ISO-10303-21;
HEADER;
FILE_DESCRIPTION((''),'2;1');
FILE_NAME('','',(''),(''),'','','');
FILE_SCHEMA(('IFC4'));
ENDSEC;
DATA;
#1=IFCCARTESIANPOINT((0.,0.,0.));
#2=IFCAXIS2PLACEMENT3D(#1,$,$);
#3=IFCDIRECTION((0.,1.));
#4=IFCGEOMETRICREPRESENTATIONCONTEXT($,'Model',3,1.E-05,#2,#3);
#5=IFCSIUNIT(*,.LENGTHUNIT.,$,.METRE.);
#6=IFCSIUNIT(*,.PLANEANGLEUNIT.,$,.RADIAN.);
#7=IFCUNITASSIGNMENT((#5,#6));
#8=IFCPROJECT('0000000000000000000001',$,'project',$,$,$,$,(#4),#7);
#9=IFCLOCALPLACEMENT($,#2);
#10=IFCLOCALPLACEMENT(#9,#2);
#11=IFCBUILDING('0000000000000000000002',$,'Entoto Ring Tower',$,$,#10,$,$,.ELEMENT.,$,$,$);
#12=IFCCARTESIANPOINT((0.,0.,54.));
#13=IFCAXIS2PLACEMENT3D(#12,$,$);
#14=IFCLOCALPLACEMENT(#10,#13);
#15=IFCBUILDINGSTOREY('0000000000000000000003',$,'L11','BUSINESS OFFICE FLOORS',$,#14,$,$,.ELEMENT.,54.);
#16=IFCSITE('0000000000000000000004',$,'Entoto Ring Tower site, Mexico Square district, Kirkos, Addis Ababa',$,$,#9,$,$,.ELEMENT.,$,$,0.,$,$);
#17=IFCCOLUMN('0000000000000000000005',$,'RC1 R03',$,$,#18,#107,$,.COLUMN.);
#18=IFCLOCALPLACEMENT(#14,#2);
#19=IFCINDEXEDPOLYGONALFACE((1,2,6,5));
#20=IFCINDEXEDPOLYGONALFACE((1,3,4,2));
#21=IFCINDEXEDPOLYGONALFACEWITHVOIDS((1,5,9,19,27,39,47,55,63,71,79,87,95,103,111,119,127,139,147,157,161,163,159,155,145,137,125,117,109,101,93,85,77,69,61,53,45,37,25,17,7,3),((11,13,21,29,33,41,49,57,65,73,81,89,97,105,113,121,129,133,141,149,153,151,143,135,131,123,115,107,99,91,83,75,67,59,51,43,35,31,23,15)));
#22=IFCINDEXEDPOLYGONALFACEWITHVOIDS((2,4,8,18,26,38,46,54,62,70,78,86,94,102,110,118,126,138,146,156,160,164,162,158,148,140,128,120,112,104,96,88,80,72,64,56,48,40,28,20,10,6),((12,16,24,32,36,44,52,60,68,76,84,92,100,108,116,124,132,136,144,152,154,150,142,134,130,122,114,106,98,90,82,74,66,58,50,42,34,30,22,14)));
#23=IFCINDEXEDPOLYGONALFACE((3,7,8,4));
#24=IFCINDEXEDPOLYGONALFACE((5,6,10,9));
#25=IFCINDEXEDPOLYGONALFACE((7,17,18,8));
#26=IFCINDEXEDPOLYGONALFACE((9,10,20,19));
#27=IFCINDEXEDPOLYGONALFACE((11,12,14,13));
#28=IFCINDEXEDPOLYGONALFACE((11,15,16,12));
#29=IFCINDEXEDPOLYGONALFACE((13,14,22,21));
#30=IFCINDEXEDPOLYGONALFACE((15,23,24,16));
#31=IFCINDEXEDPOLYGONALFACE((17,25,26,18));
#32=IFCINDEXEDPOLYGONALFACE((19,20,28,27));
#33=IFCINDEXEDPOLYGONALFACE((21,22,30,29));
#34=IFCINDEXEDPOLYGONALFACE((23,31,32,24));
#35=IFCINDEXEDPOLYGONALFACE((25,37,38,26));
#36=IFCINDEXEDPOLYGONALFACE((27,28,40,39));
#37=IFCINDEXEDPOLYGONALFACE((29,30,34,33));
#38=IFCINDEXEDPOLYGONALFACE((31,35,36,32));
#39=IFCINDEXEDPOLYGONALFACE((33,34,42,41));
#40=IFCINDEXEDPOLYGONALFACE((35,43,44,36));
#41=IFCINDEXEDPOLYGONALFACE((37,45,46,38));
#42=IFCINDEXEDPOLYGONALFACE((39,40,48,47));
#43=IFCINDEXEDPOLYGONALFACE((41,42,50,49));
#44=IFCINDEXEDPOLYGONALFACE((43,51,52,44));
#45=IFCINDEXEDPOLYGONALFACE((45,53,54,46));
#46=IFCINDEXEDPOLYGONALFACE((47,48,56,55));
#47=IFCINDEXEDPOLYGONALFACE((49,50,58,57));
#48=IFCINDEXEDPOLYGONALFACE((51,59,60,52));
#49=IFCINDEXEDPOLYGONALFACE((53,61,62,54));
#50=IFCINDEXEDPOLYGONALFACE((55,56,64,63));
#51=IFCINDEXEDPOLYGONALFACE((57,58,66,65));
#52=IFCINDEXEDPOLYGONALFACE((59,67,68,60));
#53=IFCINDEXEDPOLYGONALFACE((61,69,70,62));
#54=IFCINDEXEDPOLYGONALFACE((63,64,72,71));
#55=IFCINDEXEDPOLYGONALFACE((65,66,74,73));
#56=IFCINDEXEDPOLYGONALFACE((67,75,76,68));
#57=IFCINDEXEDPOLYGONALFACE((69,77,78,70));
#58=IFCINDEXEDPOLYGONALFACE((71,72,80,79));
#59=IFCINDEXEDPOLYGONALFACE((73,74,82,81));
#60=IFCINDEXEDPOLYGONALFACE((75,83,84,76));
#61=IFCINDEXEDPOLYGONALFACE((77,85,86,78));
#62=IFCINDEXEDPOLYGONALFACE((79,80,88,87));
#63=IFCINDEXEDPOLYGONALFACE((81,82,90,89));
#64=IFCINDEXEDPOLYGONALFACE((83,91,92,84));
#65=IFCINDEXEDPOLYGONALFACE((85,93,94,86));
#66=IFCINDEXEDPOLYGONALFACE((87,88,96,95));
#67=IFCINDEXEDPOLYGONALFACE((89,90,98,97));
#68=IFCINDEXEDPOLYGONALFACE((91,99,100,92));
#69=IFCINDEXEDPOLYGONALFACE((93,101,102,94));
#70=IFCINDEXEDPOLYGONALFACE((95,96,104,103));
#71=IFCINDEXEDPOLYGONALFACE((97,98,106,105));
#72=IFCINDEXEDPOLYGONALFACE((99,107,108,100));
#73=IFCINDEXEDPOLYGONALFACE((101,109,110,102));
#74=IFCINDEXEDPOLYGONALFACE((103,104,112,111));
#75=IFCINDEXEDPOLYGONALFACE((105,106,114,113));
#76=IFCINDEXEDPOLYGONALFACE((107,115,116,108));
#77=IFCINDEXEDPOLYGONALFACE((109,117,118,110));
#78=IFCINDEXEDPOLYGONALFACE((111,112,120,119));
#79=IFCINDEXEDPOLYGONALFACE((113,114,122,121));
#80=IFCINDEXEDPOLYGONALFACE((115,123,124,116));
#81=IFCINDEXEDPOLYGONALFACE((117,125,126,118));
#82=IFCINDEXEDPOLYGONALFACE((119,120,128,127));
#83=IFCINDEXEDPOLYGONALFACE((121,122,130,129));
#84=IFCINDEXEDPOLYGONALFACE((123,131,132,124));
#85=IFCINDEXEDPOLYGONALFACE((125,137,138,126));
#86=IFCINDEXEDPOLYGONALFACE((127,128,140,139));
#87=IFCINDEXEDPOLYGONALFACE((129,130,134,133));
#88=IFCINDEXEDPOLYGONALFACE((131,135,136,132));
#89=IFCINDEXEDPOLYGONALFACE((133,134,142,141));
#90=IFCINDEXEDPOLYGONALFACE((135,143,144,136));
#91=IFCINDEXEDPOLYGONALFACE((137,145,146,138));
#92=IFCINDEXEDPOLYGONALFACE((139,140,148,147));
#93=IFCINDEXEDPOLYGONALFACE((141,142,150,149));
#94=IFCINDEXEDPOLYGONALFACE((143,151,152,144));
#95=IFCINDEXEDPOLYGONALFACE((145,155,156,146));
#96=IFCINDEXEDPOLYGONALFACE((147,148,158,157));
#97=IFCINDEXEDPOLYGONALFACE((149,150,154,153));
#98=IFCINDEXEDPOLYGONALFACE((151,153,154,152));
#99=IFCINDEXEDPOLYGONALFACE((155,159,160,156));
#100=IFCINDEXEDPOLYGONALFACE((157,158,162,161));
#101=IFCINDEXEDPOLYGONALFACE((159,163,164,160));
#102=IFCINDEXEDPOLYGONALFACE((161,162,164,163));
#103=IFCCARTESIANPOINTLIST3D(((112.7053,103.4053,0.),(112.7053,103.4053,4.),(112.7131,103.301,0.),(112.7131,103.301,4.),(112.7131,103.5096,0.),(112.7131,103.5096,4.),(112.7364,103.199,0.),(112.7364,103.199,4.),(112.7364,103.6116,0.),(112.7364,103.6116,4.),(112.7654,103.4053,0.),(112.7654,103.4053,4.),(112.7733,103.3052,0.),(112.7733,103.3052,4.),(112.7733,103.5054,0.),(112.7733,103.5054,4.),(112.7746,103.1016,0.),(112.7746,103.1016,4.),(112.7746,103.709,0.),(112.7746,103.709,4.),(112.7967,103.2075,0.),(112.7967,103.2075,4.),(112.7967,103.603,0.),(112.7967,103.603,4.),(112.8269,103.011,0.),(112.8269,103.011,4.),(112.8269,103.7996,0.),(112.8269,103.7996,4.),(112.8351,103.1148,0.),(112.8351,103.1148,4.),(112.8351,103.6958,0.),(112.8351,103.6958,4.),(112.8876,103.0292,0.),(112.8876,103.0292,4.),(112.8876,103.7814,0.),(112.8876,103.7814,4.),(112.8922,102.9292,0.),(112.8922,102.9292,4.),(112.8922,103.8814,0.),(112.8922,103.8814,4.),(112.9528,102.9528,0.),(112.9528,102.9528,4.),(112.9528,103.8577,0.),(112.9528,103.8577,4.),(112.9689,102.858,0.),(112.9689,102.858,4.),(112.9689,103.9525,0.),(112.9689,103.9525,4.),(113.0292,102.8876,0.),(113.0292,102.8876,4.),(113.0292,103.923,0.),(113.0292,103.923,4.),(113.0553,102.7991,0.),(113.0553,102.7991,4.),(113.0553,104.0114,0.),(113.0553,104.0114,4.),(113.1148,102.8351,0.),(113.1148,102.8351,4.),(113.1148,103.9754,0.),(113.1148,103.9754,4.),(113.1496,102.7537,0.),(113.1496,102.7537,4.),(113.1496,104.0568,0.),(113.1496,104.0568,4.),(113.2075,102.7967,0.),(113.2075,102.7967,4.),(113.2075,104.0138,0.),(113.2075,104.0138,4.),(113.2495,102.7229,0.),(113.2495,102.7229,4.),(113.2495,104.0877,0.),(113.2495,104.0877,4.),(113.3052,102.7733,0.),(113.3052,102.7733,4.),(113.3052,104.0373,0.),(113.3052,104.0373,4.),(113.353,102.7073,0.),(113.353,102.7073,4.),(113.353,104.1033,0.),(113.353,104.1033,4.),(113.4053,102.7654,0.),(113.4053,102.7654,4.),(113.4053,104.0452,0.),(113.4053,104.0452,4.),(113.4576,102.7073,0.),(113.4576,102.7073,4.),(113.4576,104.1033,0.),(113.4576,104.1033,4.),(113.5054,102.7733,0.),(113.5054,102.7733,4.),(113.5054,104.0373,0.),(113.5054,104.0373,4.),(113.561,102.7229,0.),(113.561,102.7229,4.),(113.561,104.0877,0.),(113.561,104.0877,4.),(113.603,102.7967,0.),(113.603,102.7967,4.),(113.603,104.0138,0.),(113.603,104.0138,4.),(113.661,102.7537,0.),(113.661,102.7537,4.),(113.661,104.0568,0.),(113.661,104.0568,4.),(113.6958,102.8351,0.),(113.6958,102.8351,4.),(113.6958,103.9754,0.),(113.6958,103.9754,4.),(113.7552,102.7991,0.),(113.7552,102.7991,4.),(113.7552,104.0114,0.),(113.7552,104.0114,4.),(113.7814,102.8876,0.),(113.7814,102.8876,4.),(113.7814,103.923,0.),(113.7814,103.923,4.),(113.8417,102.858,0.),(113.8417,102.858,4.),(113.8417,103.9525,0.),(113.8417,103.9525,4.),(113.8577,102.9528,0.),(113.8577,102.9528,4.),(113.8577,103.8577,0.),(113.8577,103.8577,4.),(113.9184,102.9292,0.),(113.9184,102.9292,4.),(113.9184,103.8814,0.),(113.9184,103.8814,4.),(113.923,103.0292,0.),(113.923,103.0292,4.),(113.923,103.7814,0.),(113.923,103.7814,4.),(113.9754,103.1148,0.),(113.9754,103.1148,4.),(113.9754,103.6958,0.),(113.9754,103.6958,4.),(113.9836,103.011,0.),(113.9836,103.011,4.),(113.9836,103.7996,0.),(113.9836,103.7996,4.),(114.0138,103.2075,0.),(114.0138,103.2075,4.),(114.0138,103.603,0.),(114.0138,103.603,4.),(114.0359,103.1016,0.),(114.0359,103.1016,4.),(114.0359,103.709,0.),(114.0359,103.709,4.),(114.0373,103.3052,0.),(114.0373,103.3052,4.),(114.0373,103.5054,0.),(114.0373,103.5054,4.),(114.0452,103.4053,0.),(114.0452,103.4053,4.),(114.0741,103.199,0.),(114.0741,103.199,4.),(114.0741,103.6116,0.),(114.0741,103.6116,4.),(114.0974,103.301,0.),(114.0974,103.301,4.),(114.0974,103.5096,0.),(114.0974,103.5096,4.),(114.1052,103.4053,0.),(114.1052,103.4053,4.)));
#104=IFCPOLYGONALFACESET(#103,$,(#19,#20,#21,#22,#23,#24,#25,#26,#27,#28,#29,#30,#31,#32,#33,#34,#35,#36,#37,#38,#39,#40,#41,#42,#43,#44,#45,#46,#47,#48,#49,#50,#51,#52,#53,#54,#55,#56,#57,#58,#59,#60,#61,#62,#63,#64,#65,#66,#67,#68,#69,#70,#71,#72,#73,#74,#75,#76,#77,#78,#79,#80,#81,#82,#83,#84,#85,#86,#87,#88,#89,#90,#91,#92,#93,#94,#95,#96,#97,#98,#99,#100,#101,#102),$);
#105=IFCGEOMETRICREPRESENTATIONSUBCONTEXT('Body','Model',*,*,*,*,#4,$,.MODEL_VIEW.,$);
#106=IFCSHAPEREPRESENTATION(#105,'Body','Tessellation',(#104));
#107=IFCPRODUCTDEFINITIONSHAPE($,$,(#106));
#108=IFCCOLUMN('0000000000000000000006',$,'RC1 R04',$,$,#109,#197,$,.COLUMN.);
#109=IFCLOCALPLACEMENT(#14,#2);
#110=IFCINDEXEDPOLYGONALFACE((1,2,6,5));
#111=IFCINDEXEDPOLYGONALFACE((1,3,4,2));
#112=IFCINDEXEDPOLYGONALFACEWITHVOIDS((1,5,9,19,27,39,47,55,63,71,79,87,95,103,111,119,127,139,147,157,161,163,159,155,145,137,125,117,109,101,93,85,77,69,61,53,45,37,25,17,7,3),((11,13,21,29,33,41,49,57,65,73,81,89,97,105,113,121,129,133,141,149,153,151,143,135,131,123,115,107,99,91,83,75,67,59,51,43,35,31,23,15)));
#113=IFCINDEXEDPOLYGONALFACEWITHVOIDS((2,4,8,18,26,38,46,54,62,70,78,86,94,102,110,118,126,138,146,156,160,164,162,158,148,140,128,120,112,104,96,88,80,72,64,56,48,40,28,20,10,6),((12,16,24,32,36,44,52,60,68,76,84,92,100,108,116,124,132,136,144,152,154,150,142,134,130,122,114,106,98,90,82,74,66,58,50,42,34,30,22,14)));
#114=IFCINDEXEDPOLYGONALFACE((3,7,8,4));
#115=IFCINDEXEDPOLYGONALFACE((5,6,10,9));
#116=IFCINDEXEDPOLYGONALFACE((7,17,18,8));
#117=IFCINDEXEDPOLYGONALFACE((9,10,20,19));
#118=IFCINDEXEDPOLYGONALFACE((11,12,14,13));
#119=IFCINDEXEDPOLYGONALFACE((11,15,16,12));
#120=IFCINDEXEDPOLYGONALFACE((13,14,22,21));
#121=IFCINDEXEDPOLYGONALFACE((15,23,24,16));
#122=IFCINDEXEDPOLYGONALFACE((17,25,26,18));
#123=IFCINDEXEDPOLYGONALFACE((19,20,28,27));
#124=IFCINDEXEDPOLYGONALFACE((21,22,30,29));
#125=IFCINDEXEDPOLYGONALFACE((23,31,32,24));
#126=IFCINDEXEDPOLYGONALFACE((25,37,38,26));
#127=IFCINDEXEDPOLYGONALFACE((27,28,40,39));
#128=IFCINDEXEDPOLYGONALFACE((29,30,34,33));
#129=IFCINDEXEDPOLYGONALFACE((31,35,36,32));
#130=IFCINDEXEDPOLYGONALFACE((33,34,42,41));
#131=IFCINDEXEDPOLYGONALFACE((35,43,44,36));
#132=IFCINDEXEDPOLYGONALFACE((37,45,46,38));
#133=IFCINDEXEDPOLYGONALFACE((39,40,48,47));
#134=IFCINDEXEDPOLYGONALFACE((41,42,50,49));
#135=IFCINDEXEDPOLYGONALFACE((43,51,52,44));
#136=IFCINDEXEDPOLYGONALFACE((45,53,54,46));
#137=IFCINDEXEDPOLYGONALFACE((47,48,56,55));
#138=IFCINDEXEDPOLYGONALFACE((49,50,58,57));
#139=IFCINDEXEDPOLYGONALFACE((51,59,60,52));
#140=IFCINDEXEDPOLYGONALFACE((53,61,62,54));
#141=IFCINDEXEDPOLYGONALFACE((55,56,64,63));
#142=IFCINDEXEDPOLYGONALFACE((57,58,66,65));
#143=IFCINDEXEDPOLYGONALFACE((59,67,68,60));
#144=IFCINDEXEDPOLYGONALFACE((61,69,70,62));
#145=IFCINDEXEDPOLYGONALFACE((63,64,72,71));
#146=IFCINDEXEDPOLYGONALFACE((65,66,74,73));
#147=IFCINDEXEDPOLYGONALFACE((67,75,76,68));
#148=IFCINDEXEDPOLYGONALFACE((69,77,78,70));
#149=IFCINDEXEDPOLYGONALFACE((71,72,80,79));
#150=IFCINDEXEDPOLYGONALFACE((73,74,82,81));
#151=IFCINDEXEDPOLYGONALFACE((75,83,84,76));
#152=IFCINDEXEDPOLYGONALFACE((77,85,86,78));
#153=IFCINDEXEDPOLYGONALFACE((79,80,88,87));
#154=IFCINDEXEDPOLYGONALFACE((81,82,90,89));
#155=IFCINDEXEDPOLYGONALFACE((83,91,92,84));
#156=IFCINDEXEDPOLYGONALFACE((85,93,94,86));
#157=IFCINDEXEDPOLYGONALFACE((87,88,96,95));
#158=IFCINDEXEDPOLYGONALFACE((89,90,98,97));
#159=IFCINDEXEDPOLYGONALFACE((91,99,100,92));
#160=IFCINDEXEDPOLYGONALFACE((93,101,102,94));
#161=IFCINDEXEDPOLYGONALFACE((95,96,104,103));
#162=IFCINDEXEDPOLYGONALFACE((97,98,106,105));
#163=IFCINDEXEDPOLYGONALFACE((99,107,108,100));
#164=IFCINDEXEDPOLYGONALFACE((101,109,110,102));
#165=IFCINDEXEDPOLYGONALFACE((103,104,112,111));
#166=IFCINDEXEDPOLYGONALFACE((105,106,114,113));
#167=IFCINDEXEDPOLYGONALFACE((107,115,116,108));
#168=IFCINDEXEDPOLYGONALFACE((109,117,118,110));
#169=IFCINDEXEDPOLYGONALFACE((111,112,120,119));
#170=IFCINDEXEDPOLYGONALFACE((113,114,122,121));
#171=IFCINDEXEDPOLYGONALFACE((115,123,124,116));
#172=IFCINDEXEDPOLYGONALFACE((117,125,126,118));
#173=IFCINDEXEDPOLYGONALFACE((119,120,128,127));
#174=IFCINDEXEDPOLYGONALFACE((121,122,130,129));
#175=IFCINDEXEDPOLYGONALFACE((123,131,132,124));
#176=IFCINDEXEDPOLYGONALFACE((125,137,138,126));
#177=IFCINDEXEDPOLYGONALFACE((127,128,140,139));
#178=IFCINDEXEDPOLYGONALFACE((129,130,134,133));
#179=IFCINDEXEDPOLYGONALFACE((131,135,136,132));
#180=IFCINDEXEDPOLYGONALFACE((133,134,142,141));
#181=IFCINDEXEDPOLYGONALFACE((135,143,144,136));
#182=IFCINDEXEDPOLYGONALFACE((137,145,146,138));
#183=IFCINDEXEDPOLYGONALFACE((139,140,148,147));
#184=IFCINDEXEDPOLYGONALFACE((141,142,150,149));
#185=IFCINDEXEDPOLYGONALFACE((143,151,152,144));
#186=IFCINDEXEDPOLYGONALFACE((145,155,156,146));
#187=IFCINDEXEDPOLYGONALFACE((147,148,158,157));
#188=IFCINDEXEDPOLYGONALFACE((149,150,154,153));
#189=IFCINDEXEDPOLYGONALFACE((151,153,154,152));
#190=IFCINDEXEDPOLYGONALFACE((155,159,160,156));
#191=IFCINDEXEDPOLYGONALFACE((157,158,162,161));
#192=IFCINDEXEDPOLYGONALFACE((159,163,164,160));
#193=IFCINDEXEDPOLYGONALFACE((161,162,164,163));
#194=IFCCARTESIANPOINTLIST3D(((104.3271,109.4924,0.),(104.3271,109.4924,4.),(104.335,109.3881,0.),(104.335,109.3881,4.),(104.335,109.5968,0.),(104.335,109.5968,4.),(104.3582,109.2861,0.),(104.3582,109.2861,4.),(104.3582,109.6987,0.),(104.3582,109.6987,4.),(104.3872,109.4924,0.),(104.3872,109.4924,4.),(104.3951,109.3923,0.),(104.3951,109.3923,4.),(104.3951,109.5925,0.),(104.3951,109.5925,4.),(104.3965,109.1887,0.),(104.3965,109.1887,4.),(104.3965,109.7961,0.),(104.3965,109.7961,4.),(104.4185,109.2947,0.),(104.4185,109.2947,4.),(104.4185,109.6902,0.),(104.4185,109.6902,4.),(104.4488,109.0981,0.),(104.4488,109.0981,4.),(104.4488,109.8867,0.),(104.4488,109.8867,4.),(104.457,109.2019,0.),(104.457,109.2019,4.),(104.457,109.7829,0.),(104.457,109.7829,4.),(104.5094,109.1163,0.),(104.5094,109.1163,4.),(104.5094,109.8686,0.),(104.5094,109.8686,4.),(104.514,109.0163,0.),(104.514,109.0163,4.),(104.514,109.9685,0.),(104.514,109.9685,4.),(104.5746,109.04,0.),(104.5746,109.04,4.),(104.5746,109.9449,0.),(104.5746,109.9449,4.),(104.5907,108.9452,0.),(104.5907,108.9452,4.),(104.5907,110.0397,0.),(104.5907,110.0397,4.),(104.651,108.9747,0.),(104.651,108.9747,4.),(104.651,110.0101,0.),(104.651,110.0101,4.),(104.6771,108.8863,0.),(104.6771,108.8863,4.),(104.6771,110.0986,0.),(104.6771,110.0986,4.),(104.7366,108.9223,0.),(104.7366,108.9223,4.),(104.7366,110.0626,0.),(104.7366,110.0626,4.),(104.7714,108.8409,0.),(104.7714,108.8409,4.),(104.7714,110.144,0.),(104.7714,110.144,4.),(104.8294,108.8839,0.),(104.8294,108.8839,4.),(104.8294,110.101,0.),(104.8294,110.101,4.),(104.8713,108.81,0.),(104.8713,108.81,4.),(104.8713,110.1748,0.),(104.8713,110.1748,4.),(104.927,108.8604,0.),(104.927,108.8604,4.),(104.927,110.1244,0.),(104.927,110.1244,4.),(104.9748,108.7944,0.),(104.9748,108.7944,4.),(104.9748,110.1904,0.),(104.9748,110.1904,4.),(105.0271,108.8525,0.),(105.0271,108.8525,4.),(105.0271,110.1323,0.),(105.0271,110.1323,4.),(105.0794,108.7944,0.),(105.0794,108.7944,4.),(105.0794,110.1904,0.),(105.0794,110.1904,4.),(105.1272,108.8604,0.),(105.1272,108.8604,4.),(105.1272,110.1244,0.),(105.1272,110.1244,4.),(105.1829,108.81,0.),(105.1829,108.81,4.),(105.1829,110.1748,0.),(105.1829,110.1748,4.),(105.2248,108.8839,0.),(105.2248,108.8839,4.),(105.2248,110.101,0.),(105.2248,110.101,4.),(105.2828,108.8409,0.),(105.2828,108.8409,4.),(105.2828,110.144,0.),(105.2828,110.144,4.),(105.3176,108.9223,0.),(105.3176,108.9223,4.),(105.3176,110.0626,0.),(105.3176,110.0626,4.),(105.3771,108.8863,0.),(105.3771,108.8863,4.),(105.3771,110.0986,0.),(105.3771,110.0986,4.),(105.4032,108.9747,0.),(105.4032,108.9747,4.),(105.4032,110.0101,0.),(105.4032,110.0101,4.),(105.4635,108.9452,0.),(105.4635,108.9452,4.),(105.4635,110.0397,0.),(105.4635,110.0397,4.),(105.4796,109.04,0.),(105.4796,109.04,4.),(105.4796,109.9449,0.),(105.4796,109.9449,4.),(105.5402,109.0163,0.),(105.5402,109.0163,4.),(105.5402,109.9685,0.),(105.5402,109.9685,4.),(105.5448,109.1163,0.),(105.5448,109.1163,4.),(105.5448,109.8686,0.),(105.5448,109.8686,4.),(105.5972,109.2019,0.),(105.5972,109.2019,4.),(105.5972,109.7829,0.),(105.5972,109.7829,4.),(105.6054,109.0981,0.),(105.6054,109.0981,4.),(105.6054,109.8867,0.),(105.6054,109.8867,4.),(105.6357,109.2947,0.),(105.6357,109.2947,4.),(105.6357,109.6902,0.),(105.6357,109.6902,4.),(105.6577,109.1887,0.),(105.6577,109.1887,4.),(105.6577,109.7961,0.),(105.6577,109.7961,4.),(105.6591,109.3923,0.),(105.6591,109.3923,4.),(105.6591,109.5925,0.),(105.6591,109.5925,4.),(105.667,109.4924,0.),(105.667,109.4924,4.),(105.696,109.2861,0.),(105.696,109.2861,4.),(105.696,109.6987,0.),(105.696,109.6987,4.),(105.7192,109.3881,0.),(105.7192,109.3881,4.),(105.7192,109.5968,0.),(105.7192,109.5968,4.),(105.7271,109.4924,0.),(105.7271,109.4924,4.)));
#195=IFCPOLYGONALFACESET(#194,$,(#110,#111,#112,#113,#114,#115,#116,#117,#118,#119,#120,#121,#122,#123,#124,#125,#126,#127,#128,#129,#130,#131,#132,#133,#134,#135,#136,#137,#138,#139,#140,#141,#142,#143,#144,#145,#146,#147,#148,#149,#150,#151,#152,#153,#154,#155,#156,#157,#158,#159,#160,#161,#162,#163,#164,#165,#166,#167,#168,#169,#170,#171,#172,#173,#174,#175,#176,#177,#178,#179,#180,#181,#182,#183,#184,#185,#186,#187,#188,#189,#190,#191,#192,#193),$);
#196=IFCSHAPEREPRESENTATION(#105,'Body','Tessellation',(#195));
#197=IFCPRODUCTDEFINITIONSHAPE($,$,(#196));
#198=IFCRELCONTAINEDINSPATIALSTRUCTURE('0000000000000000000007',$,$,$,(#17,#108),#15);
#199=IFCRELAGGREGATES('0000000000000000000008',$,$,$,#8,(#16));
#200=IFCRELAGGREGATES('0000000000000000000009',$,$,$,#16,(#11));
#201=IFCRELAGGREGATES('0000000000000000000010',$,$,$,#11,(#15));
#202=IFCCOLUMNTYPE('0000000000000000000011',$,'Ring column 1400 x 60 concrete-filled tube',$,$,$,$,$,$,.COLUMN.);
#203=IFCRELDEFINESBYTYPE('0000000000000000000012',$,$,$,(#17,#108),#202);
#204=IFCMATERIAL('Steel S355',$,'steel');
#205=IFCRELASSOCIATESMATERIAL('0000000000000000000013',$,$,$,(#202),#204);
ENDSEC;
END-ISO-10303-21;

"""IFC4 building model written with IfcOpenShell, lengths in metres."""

from ifc_helpers import new_model, si_unit, direction, frame, origin, origin_2d, place, context, subcontext, project, spatial, circle, hollow_circle, extrude, material, material_profile, profile_set, type_object, element, save


model = new_model("IFC4")

# Units and contexts
model_context = context("Model", 3, precision=1e-05, world=origin(), true_north=direction((0.0, 1.0)))
body_context = subcontext(model_context, "Body", "Model", "MODEL_VIEW")
ifc_project = project(units=[si_unit("LENGTHUNIT", "METRE"), si_unit("PLANEANGLEUNIT", "RADIAN")], contexts=[model_context])

# Site, building, storey
site_placement = place(None, origin())
site = spatial("IfcSite", under=ifc_project, at=site_placement, Name="Entoto Ring Tower site, Mexico Square district, Kirkos, Addis Ababa", CompositionType="ELEMENT", RefElevation=0.0)
building_placement = place(site_placement, origin())
building = spatial("IfcBuilding", under=site, at=building_placement, Name="Entoto Ring Tower", CompositionType="ELEMENT")
storey_placement = place(building_placement, frame((0.0, 0.0, 54.0)))
storey = spatial("IfcBuildingStorey", under=building, at=storey_placement, Name="L11", Description="BUSINESS OFFICE FLOORS", CompositionType="ELEMENT", Elevation=54.0)

# Columns
ifc_material_1 = material(Name="Steel S355", Category="steel")
ifc_material_profile_1 = material_profile(ifc_material_1, hollow_circle(Radius=0.7, WallThickness=0.0601, at=origin_2d()), Name="CHS 1400 x 60")
ifc_material_2 = material(Name="Concrete C60/75", Category="concrete")
ifc_material_profile_2 = material_profile(ifc_material_2, circle(Radius=0.6399, at=origin_2d()), Name="Concrete C60/75 infill")
ifc_profile_set_1 = profile_set([ifc_material_profile_1, ifc_material_profile_2], Name="Steel S355")
column_type = type_object("IfcColumnType", Name="Ring column 1400 x 60 concrete-filled tube", PredefinedType="COLUMN", material=ifc_profile_set_1)
for number, where, z_axis, x_axis, name in (
    (1, (113.4053, 103.4053, 0.0), (0.0, 0.0, 1.0), (1.0, 0.0, 0.0), "RC1 R03"),
    (2, (105.0271, 109.4924, 0.0), (0.0, 0.0, 1.0), (1.0, 0.0, 0.0), "RC1 R04"),
):
    element("IfcColumn", number, at=place(storey_placement, frame(where, z_axis=z_axis, x_axis=x_axis)), inside=storey, type_object=column_type, Name=name, PredefinedType="COLUMN", context=body_context, shape_type="SweptSolid", body=[
        extrude(hollow_circle(Radius=0.7, WallThickness=0.0601, at=origin_2d()), origin(), (0.0, 0.0, 1.0), 4.0),
    ])

save(model, "model.ifc")
